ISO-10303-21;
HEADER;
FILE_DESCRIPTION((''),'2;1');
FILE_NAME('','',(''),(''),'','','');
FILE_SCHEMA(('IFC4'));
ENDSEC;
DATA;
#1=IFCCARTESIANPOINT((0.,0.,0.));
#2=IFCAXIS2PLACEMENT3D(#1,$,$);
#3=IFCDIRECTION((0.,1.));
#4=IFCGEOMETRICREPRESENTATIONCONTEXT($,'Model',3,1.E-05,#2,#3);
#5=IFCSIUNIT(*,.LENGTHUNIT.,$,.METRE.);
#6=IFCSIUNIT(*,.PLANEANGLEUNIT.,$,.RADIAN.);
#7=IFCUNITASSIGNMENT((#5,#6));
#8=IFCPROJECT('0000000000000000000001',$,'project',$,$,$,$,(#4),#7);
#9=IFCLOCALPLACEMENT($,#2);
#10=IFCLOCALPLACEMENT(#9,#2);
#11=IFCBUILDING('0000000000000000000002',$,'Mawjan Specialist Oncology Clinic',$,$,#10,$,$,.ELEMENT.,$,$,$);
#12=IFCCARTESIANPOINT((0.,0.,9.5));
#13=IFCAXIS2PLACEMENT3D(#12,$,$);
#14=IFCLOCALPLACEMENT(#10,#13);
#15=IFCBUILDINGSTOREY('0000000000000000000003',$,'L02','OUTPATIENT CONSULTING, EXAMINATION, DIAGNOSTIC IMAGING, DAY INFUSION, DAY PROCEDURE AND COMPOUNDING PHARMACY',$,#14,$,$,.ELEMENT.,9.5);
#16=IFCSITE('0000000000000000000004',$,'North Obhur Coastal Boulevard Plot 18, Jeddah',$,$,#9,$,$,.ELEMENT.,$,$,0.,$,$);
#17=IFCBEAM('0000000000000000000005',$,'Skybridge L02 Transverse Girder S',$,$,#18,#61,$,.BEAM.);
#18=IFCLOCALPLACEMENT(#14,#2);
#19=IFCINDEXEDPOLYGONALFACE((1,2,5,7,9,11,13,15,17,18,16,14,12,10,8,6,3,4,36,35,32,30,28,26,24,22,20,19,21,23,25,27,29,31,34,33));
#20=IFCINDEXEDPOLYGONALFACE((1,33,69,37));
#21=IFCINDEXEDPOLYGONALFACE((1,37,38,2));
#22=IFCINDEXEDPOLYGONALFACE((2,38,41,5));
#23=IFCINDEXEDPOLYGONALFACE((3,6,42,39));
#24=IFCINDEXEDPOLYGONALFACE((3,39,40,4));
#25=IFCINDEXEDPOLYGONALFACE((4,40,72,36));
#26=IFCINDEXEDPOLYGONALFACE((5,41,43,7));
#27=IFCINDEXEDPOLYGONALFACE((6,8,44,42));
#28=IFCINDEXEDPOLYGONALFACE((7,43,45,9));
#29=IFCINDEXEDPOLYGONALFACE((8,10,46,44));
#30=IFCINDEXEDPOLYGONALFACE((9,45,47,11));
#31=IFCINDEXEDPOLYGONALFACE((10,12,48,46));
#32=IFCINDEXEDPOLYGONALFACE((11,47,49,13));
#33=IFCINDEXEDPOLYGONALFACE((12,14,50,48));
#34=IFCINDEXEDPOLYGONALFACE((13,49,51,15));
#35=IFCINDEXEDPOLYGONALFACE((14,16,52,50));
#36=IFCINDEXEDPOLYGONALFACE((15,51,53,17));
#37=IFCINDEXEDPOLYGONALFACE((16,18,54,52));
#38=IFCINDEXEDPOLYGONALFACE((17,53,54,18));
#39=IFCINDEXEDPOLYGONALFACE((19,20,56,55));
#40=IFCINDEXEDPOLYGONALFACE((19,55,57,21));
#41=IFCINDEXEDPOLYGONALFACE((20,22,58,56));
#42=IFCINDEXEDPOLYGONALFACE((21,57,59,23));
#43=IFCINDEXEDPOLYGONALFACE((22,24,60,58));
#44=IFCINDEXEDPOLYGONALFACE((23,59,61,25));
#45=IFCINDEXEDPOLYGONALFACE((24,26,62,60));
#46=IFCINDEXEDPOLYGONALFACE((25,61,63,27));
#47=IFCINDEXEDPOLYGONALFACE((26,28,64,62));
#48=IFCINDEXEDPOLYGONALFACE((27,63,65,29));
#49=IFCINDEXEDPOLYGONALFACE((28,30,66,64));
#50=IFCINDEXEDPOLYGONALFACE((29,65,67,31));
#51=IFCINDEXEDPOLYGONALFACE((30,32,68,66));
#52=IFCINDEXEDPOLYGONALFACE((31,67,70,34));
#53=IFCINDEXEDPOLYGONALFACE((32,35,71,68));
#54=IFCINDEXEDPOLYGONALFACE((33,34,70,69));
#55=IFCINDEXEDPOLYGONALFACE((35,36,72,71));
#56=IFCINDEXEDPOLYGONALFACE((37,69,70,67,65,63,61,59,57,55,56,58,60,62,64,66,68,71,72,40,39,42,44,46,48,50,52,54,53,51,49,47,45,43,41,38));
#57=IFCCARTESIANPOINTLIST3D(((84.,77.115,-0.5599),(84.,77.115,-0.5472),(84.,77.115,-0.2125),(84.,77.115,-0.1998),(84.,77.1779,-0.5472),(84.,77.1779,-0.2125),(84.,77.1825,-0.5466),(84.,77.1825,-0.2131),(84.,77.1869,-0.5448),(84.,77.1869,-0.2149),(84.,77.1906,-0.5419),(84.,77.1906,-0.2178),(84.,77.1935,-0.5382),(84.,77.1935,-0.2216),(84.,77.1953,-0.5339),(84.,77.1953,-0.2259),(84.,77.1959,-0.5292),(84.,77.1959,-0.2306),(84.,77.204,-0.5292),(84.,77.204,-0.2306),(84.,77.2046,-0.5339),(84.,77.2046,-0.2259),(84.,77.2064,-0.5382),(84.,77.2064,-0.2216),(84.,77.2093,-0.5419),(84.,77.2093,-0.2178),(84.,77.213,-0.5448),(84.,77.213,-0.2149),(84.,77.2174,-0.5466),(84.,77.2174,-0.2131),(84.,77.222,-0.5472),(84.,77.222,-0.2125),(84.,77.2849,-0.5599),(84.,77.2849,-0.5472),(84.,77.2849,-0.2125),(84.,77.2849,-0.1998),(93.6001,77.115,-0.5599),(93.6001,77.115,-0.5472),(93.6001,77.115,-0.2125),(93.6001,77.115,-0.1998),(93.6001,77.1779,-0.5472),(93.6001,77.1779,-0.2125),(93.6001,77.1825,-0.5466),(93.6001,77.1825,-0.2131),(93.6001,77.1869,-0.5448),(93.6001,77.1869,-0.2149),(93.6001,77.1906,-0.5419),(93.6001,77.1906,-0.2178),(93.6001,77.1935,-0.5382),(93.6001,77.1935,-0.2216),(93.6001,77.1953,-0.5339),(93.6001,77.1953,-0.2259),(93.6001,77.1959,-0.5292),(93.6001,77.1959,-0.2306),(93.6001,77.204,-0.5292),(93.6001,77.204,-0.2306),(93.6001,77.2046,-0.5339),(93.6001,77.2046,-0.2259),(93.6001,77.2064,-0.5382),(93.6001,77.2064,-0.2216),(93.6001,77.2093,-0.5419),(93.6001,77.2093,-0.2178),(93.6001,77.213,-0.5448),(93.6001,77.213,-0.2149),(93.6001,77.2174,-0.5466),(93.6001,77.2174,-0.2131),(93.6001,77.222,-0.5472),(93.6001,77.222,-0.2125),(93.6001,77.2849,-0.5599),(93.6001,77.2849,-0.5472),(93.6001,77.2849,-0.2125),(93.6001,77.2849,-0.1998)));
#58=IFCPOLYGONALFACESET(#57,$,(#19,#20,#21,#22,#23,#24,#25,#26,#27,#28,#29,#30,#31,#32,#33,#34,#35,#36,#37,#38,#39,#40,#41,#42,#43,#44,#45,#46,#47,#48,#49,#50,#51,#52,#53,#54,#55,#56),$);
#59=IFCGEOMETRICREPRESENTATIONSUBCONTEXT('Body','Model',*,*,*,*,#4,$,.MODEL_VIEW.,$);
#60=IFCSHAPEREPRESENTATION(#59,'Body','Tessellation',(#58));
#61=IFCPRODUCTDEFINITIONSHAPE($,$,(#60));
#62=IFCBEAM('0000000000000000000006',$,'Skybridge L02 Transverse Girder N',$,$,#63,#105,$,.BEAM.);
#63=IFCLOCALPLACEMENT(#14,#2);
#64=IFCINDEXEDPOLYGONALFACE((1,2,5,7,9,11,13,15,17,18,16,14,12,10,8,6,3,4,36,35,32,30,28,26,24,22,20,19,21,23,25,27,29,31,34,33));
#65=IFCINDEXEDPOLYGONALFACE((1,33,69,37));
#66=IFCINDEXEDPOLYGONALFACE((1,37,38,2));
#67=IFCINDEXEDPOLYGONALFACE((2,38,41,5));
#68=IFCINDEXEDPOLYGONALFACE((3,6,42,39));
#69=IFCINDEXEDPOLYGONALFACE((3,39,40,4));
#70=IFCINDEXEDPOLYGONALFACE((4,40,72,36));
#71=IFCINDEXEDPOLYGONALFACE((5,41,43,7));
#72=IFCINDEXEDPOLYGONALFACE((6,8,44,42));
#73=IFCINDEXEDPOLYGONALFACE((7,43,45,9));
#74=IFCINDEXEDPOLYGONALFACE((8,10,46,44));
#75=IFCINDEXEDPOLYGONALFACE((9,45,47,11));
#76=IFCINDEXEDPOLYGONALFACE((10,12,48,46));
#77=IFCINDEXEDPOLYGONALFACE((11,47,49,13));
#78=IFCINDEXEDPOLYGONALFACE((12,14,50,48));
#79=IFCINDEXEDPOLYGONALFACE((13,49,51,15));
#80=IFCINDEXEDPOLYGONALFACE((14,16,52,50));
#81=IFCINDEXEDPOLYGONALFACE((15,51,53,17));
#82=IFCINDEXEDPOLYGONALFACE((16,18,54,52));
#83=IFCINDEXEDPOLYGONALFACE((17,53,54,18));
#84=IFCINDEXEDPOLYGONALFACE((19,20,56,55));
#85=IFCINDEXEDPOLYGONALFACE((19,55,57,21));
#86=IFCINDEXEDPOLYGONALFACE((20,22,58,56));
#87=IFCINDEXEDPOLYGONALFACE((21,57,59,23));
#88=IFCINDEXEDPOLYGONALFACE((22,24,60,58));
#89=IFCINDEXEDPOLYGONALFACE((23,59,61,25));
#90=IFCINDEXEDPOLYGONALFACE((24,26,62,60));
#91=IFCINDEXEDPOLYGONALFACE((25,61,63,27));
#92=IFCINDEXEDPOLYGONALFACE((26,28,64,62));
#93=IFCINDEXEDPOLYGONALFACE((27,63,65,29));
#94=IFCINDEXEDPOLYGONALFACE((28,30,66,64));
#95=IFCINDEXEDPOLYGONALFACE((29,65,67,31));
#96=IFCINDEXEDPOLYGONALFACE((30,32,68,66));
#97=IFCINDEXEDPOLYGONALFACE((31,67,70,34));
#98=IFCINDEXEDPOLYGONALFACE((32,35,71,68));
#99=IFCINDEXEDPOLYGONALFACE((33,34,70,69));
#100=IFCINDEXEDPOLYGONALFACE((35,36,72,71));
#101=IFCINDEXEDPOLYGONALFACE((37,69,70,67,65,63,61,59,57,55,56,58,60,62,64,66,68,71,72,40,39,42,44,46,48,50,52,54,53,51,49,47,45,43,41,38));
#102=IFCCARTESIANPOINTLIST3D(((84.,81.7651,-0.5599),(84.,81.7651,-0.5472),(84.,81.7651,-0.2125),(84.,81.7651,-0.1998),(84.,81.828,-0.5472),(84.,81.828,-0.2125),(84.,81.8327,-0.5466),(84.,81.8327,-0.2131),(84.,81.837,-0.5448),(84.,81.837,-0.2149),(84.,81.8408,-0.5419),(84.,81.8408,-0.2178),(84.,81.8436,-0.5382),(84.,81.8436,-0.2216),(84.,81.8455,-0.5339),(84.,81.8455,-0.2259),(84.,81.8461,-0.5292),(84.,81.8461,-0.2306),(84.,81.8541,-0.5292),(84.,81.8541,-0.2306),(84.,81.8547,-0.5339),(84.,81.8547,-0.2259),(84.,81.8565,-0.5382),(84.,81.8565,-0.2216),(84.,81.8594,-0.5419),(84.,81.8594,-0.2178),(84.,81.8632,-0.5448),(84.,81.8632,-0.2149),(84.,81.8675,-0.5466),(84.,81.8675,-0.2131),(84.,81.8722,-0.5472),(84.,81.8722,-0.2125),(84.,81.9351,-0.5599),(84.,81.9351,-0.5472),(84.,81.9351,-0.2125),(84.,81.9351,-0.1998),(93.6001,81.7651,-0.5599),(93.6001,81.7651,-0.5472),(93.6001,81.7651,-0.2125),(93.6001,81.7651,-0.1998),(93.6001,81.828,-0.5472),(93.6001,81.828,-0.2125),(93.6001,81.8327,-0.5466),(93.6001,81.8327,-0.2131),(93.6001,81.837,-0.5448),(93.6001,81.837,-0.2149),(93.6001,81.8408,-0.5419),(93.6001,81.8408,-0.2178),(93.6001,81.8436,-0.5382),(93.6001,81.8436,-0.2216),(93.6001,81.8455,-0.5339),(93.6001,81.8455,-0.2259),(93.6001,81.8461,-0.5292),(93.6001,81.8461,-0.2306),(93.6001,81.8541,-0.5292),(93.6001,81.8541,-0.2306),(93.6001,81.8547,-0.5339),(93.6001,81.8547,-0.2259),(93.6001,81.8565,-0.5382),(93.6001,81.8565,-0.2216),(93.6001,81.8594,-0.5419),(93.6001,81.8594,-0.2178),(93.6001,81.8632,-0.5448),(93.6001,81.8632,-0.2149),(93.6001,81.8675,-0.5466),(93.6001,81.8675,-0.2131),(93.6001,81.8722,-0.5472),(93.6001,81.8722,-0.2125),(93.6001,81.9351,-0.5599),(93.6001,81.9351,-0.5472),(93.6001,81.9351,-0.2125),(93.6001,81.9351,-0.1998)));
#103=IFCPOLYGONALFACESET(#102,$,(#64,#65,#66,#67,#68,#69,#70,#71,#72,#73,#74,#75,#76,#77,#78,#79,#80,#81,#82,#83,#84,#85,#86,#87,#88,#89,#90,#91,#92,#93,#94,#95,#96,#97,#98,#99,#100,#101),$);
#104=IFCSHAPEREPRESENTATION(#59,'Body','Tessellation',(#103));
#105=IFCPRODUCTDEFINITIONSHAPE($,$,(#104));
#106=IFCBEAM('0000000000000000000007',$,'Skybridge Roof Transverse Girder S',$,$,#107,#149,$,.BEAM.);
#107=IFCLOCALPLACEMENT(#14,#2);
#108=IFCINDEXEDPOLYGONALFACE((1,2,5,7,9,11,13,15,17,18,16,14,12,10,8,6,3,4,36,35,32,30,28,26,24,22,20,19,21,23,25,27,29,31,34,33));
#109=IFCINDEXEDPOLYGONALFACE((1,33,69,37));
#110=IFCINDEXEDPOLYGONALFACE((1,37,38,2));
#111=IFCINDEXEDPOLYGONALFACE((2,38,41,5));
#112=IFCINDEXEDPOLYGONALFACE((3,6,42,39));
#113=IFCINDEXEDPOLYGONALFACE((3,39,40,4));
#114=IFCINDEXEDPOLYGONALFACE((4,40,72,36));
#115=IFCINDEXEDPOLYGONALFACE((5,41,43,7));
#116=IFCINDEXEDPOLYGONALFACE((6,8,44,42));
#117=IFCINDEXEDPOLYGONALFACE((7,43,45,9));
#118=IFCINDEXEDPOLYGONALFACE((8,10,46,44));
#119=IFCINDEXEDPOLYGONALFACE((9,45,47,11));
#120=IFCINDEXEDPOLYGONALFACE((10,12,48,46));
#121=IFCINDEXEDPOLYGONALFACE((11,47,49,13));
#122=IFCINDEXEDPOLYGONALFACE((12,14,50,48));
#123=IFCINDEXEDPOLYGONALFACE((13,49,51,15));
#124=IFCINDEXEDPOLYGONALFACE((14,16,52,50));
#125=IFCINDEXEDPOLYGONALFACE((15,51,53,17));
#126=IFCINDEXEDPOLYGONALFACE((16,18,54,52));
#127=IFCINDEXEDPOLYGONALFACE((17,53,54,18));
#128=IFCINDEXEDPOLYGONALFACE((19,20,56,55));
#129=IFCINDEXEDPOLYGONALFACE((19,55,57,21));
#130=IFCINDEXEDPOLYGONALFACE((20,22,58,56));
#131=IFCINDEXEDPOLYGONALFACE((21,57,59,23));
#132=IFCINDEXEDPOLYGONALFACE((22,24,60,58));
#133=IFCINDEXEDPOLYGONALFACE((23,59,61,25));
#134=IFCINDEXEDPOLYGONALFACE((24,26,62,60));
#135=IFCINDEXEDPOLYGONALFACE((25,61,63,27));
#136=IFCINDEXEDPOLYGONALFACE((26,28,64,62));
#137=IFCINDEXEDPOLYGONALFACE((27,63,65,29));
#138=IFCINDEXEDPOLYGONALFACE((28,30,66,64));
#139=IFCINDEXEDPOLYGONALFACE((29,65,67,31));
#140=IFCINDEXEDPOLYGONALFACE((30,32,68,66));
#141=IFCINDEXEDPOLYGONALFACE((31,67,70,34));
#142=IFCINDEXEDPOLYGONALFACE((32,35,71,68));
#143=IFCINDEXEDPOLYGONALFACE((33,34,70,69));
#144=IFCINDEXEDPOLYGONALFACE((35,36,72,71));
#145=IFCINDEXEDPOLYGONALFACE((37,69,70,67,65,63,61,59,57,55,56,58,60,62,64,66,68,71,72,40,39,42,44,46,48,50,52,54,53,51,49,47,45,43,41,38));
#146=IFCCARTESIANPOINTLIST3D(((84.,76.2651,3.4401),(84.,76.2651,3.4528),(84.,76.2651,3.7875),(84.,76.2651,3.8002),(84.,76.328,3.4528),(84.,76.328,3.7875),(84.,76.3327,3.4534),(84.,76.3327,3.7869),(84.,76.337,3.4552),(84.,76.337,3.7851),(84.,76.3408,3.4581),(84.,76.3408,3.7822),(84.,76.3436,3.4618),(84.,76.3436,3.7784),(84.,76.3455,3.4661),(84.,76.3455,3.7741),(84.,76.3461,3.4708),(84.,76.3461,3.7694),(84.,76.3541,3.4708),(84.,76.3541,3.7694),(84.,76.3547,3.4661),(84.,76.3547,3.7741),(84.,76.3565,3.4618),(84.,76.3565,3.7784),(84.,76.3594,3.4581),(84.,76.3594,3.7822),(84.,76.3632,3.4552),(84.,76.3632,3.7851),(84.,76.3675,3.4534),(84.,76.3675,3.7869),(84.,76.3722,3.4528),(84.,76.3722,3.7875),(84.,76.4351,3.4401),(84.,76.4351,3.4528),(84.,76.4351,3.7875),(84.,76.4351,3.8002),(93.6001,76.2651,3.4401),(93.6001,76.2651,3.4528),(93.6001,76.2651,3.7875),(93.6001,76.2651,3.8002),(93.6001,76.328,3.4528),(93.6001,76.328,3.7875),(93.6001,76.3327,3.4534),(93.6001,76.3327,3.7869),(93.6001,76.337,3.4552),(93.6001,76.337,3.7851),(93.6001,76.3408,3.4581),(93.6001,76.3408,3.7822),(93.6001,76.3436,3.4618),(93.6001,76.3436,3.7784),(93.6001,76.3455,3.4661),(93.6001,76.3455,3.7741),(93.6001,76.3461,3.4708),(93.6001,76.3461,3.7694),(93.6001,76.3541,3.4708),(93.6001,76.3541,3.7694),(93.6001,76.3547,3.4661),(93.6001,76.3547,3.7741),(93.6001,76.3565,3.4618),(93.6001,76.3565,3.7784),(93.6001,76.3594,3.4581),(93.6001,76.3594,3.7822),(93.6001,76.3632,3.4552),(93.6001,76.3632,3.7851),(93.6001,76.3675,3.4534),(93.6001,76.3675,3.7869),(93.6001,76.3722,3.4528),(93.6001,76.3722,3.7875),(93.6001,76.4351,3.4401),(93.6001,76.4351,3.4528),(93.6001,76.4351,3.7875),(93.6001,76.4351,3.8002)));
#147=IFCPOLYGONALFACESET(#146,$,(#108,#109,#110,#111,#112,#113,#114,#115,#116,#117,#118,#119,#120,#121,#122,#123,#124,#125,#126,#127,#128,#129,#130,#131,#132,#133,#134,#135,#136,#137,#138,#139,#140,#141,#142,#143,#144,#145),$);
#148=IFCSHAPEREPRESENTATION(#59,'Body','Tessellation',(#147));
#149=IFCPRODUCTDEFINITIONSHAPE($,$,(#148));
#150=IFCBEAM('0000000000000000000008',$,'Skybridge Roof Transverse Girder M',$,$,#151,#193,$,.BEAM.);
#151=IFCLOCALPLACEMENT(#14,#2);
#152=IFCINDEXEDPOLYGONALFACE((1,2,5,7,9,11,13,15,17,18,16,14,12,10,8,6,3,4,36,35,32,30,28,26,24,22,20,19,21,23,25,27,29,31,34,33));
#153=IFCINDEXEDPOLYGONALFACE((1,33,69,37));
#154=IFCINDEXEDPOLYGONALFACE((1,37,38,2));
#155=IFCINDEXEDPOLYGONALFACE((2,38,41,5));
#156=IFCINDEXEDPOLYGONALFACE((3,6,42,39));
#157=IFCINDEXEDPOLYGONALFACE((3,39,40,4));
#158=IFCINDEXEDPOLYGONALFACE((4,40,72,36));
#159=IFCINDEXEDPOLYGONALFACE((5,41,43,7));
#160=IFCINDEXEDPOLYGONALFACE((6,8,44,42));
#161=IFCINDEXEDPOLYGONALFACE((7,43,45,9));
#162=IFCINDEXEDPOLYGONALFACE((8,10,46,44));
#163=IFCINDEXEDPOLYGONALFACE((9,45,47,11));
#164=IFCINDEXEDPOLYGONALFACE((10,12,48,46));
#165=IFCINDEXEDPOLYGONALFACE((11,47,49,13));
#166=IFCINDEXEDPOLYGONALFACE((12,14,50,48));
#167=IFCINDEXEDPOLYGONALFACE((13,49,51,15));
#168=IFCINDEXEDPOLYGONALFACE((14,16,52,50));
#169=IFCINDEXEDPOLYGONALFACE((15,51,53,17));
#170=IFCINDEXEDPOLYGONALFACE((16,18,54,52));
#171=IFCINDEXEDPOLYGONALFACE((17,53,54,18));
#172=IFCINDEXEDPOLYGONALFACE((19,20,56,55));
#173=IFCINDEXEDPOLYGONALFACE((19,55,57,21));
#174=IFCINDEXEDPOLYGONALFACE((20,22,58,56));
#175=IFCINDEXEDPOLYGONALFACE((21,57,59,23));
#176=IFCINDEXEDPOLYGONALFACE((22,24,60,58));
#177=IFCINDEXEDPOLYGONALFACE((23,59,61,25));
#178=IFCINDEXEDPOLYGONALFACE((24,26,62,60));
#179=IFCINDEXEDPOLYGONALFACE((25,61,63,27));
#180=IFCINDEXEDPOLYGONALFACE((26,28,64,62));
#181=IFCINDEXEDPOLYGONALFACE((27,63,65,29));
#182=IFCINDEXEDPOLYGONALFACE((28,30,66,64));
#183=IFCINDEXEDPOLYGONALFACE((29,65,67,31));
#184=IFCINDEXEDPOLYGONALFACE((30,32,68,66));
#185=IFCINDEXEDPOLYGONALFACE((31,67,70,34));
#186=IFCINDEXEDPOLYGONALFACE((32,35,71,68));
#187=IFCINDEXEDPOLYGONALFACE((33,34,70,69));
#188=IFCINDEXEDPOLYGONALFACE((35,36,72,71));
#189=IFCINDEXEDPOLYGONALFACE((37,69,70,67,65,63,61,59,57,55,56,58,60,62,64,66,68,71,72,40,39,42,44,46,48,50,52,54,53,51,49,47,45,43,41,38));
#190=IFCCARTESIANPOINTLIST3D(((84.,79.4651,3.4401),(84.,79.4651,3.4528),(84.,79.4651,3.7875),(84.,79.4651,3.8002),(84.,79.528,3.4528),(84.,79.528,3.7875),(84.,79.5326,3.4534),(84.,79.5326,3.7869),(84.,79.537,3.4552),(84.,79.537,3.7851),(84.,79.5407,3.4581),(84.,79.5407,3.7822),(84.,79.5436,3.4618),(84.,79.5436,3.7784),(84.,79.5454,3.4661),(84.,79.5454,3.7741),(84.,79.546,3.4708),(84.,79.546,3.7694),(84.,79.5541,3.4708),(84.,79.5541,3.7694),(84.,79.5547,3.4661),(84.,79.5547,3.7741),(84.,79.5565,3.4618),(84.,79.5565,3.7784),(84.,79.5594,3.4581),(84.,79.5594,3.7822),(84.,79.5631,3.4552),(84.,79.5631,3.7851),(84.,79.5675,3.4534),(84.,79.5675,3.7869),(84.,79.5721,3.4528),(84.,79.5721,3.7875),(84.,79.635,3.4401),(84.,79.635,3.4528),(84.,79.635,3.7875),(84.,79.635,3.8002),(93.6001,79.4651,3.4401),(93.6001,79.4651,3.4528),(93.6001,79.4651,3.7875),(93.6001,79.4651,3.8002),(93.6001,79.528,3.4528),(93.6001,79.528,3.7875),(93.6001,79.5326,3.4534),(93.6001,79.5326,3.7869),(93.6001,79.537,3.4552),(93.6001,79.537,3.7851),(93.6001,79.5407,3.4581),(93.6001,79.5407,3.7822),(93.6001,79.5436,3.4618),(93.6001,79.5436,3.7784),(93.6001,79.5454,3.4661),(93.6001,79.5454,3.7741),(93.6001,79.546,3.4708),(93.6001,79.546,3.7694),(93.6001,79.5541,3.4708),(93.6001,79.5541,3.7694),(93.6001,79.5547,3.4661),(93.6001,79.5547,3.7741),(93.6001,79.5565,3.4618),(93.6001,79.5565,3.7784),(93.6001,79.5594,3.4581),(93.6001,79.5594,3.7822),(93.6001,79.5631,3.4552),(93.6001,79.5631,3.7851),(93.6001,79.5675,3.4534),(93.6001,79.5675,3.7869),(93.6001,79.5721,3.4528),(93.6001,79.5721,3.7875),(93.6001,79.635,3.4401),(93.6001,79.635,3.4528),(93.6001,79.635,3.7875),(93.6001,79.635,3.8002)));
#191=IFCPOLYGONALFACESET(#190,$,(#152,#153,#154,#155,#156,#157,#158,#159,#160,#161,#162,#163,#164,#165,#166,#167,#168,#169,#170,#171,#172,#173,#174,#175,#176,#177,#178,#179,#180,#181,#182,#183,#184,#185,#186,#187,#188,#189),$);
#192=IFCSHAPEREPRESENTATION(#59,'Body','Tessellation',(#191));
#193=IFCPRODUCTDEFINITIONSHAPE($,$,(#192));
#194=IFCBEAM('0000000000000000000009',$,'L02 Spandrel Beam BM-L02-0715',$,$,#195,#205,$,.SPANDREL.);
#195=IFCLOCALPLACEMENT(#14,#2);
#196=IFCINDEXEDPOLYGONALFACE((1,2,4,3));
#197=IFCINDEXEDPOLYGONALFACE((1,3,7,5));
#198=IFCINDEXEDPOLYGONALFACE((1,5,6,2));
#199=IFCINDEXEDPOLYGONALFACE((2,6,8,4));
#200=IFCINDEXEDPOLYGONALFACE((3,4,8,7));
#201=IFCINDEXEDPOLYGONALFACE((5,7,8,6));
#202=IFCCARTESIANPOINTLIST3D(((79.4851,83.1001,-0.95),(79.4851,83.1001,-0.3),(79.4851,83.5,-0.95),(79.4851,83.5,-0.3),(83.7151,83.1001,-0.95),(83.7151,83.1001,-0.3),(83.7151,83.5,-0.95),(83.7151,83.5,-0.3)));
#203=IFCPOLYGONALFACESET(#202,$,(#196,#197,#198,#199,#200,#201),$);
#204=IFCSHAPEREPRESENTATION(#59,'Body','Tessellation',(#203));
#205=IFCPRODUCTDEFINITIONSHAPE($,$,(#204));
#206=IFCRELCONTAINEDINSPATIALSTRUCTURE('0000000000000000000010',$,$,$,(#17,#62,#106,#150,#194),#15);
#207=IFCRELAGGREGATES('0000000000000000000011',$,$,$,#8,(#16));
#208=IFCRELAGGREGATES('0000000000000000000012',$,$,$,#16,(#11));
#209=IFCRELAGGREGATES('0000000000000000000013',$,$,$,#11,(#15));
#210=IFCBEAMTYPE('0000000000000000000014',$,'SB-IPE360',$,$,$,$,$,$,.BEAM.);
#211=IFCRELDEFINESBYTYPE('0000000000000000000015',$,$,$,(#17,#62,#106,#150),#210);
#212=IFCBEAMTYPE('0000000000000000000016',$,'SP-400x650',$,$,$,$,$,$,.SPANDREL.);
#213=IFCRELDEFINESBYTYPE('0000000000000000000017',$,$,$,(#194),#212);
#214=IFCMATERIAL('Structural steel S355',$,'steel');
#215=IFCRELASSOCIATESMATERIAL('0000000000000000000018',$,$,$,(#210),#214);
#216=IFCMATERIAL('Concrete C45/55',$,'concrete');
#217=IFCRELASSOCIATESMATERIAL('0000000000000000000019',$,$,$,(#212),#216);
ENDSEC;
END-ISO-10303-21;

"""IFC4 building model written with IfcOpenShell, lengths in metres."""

from ifc_helpers import new_model, si_unit, direction, frame, origin, origin_2d, place, context, subcontext, project, spatial, rectangle, i_section, extrude, material, material_profile, profile_set, type_object, element, save


model = new_model("IFC4")

# Units and contexts
model_context = context("Model", 3, precision=1e-05, world=origin(), true_north=direction((0.0, 1.0)))
body_context = subcontext(model_context, "Body", "Model", "MODEL_VIEW")
ifc_project = project(units=[si_unit("LENGTHUNIT", "METRE"), si_unit("PLANEANGLEUNIT", "RADIAN")], contexts=[model_context])

# Site, building, storey
site_placement = place(None, origin())
site = spatial("IfcSite", under=ifc_project, at=site_placement, Name="North Obhur Coastal Boulevard Plot 18, Jeddah", CompositionType="ELEMENT", RefElevation=0.0)
building_placement = place(site_placement, origin())
building = spatial("IfcBuilding", under=site, at=building_placement, Name="Mawjan Specialist Oncology Clinic", CompositionType="ELEMENT")
storey_placement = place(building_placement, frame((0.0, 0.0, 9.5)))
storey = spatial("IfcBuildingStorey", under=building, at=storey_placement, Name="L02", Description="OUTPATIENT CONSULTING, EXAMINATION, DIAGNOSTIC IMAGING, DAY INFUSION, DAY PROCEDURE AND COMPOUNDING PHARMACY", CompositionType="ELEMENT", Elevation=9.5)

# Beams
ifc_material_1 = material(Name="Structural steel S355", Category="steel")
ifc_material_profile_1 = material_profile(ifc_material_1, i_section(OverallWidth=0.1699, OverallDepth=0.3601, WebThickness=0.0081, FlangeThickness=0.0127, FilletRadius=0.0181, at=origin_2d()), Name="IPE 360", Category="steel")
ifc_profile_set_1 = profile_set([ifc_material_profile_1], Name="Structural steel S355")
beam_type_1 = type_object("IfcBeamType", Name="SB-IPE360", PredefinedType="BEAM", material=ifc_profile_set_1)
for number, where, z_axis, x_axis, name in (
    (1, (84.0, 77.2, -0.3799), (1.0, 0.0, 0.0), (0.0, 1.0, 0.0), "Skybridge L02 Transverse Girder S"),
    (2, (84.0, 81.8501, -0.3799), (1.0, 0.0, 0.0), (0.0, 1.0, 0.0), "Skybridge L02 Transverse Girder N"),
    (3, (84.0, 76.3501, 3.6201), (1.0, 0.0, 0.0), (0.0, 1.0, 0.0), "Skybridge Roof Transverse Girder S"),
    (4, (84.0, 79.55, 3.6201), (1.0, 0.0, 0.0), (0.0, 1.0, 0.0), "Skybridge Roof Transverse Girder M"),
):
    element("IfcBeam", number, at=place(storey_placement, frame(where, z_axis=z_axis, x_axis=x_axis)), inside=storey, type_object=beam_type_1, Name=name, PredefinedType="BEAM", context=body_context, shape_type="SweptSolid", body=[
        extrude(i_section(OverallWidth=0.1699, OverallDepth=0.3601, WebThickness=0.0081, FlangeThickness=0.0127, FilletRadius=0.0181, at=origin_2d()), origin(), (0.0, 0.0, 1.0), 9.6001),
    ])
ifc_material_2 = material(Name="Concrete C45/55", Category="concrete")
ifc_material_profile_2 = material_profile(ifc_material_2, rectangle(XDim=0.3999, YDim=0.6499, at=origin_2d()), Name="RC BM 400x650", Category="concrete")
ifc_profile_set_2 = profile_set([ifc_material_profile_2], Name="Concrete C45/55")
beam_type_2 = type_object("IfcBeamType", Name="SP-400x650", PredefinedType="SPANDREL", material=ifc_profile_set_2)
beam_1_placement = place(storey_placement, frame((79.4851, 83.3, -0.625), z_axis=(1.0, 0.0, 0.0), x_axis=(0.0, 1.0, 0.0)))
element("IfcBeam", 5, at=beam_1_placement, inside=storey, type_object=beam_type_2, Name="L02 Spandrel Beam BM-L02-0715", PredefinedType="SPANDREL", context=body_context, shape_type="SweptSolid", body=[
    extrude(rectangle(XDim=0.3999, YDim=0.6499, at=origin_2d()), origin(), (0.0, 0.0, 1.0), 4.23),
])

save(model, "model.ifc")
